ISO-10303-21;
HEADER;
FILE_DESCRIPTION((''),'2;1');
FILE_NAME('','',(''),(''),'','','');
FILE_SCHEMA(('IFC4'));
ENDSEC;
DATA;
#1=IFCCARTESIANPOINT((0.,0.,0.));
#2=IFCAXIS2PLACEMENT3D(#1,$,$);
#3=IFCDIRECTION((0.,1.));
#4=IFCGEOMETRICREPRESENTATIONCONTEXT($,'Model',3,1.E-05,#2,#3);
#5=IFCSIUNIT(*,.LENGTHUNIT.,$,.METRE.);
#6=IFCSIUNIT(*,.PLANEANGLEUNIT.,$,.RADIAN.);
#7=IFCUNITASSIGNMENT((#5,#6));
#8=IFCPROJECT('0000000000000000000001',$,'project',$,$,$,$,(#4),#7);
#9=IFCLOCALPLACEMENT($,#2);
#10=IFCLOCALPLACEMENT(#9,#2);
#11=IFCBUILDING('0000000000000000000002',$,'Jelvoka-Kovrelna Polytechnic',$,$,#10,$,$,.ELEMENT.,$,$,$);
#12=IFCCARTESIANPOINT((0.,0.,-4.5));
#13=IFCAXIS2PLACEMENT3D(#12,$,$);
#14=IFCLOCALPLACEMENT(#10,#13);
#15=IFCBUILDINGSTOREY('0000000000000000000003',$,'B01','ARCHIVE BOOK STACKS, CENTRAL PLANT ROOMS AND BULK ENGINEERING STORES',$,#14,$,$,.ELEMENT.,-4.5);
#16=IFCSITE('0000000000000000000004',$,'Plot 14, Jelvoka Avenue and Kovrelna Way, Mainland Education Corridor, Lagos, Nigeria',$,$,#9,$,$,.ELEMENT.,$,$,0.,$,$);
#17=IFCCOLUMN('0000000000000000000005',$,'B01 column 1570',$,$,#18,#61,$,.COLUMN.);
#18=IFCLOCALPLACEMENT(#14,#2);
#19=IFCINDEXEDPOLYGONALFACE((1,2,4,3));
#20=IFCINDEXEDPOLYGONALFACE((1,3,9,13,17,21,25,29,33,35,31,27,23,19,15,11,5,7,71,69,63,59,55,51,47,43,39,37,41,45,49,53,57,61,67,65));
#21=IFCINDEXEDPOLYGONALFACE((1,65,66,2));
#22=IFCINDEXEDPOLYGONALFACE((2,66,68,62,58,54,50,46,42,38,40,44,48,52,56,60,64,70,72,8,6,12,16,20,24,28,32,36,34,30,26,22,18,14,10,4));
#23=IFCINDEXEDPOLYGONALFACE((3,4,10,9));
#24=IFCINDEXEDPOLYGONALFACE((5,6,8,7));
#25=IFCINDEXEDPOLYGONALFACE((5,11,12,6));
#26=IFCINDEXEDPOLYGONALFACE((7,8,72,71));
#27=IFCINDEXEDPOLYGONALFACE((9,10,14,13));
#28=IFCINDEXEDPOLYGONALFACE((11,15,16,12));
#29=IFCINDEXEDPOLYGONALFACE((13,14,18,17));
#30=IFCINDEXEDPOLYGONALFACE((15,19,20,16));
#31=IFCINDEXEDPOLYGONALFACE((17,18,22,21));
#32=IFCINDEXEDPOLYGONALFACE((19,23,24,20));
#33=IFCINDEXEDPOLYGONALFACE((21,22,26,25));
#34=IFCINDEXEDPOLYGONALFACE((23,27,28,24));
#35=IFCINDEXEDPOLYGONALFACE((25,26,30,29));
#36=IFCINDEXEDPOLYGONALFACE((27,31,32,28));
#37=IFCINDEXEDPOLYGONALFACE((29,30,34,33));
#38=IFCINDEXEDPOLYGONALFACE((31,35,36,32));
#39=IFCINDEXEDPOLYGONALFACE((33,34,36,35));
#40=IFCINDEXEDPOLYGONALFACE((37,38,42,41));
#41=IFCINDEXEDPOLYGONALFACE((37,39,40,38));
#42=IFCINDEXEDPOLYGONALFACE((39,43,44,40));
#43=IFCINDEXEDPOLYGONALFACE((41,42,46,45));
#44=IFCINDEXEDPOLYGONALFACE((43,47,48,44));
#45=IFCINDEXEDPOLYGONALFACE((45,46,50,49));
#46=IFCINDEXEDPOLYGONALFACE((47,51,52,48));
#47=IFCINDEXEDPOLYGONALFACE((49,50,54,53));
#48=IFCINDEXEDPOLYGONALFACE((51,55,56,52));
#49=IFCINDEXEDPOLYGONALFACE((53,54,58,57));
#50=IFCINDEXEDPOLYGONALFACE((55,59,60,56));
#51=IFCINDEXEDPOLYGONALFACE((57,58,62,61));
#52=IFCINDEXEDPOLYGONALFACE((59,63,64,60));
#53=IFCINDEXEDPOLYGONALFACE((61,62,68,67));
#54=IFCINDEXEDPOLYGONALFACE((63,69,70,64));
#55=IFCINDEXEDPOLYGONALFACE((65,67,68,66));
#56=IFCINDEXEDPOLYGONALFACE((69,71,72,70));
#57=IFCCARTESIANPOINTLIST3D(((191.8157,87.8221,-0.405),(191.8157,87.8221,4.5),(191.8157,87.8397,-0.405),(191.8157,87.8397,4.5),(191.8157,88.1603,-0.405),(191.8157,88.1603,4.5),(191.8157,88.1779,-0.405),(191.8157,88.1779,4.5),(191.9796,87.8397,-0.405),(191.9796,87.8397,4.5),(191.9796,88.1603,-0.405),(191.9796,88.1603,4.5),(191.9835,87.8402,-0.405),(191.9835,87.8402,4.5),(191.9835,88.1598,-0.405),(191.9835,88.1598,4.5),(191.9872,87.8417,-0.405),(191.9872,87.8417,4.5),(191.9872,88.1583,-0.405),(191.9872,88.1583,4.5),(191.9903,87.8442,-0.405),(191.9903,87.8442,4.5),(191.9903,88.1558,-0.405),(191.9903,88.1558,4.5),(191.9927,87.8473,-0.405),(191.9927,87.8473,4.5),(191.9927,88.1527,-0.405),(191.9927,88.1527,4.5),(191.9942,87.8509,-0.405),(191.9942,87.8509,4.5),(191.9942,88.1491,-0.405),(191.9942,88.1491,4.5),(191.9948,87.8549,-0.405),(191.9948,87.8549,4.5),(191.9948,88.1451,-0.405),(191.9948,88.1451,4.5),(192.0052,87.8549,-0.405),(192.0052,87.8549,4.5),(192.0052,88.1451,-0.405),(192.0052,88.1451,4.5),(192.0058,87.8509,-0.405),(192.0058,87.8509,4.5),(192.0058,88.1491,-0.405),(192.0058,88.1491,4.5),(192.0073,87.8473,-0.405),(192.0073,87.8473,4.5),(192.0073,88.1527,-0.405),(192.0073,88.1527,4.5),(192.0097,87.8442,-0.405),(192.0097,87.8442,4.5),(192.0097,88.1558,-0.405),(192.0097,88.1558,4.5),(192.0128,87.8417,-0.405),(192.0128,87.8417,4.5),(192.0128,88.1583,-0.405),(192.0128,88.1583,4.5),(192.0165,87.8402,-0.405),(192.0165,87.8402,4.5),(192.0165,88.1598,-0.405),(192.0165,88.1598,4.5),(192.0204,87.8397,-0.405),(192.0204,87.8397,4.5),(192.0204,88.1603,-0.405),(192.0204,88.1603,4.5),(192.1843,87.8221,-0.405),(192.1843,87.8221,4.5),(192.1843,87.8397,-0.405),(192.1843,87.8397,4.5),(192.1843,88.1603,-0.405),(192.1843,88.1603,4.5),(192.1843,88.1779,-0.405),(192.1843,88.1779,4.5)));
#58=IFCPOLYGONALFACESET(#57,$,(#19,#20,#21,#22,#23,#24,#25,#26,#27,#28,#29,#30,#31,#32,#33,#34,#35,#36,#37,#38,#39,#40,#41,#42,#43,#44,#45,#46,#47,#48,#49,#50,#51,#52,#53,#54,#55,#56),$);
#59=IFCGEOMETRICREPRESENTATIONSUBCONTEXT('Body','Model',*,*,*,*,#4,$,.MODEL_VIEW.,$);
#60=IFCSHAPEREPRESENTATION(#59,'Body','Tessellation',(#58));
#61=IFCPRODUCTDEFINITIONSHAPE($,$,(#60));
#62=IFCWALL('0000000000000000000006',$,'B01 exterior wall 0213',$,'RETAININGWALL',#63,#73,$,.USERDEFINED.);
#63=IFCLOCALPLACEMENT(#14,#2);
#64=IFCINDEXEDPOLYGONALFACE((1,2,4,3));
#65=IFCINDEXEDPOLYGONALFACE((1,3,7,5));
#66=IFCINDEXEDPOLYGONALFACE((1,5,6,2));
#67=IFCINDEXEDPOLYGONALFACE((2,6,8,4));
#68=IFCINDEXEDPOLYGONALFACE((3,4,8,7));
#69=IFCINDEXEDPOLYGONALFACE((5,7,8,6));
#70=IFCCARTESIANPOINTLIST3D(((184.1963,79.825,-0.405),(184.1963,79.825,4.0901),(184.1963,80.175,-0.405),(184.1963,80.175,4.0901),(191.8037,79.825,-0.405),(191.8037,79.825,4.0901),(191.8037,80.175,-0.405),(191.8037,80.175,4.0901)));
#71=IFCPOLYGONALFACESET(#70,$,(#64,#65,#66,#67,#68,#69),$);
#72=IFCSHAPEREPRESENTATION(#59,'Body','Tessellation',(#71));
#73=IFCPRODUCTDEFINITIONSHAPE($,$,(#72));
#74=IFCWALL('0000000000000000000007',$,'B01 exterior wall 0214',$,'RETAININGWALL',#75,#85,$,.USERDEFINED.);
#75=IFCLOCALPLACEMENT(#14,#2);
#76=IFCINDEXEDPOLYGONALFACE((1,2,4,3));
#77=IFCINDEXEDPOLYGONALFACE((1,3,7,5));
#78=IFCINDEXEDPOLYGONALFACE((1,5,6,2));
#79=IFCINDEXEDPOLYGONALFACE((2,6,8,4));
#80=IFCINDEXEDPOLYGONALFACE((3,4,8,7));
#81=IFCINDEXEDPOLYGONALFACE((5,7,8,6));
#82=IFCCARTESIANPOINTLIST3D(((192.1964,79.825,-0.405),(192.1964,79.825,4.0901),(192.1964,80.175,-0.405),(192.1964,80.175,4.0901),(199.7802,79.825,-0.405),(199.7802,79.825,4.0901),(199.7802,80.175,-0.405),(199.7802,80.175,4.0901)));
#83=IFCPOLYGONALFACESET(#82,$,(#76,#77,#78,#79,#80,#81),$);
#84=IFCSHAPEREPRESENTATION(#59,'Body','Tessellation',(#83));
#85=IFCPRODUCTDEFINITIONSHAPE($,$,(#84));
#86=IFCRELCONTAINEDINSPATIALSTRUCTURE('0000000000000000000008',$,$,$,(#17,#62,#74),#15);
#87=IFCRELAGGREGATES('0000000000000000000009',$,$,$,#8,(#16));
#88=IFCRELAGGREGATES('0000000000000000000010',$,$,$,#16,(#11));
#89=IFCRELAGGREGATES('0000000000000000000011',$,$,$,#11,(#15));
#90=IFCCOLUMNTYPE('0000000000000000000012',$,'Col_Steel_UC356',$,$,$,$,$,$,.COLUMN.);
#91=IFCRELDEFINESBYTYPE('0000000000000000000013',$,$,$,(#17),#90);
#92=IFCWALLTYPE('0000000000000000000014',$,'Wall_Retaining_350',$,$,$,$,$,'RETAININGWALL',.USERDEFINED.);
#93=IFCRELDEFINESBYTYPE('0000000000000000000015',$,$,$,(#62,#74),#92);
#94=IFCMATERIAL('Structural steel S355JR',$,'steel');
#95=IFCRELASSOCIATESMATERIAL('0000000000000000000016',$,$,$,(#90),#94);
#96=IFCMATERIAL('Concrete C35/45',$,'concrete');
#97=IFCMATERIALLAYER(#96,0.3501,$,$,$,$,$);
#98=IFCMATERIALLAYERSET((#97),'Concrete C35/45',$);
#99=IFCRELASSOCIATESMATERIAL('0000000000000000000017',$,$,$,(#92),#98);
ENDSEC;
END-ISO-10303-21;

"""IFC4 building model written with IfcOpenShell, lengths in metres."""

from ifc_helpers import new_model, si_unit, direction, frame, frame_2d, origin, origin_2d, place, context, subcontext, project, spatial, rectangle, i_section, extrude, material, layer, layer_set, material_profile, profile_set, type_object, element, save


model = new_model("IFC4")

# Units and contexts
model_context = context("Model", 3, precision=1e-05, world=origin(), true_north=direction((0.0, 1.0)))
body_context = subcontext(model_context, "Body", "Model", "MODEL_VIEW")
ifc_project = project(units=[si_unit("LENGTHUNIT", "METRE"), si_unit("PLANEANGLEUNIT", "RADIAN")], contexts=[model_context])

# Site, building, storey
site_placement = place(None, origin())
site = spatial("IfcSite", under=ifc_project, at=site_placement, Name="Plot 14, Jelvoka Avenue and Kovrelna Way, Mainland Education Corridor, Lagos, Nigeria", CompositionType="ELEMENT", RefElevation=0.0)
building_placement = place(site_placement, origin())
building = spatial("IfcBuilding", under=site, at=building_placement, Name="Jelvoka-Kovrelna Polytechnic", CompositionType="ELEMENT")
storey_placement = place(building_placement, frame((0.0, 0.0, -4.5)))
storey = spatial("IfcBuildingStorey", under=building, at=storey_placement, Name="B01", Description="ARCHIVE BOOK STACKS, CENTRAL PLANT ROOMS AND BULK ENGINEERING STORES", CompositionType="ELEMENT", Elevation=-4.5)

# Column
ifc_material_1 = material(Name="Structural steel S355JR", Category="steel")
ifc_material_profile_1 = material_profile(ifc_material_1, i_section(OverallWidth=0.3687, OverallDepth=0.3557, WebThickness=0.0105, FlangeThickness=0.0176, FilletRadius=0.0151, at=origin_2d()), Name="356x368x129 UC")
ifc_profile_set_1 = profile_set([ifc_material_profile_1], Name="Structural steel S355JR")
column_type = type_object("IfcColumnType", Name="Col_Steel_UC356", PredefinedType="COLUMN", material=ifc_profile_set_1)
for number, where, z_axis, x_axis, name in (
    (1, (192.0, 88.0, -0.405), (0.0, 0.0, 1.0), (1.0, 0.0, 0.0), "B01 column 1570"),
):
    element("IfcColumn", number, at=place(storey_placement, frame(where, z_axis=z_axis, x_axis=x_axis)), inside=storey, type_object=column_type, Name=name, PredefinedType="COLUMN", context=body_context, shape_type="SweptSolid", body=[
        extrude(i_section(OverallWidth=0.3687, OverallDepth=0.3557, WebThickness=0.0105, FlangeThickness=0.0176, FilletRadius=0.0151, at=origin_2d()), origin(), (0.0, 0.0, 1.0), 4.905),
    ])

# Walls
ifc_material_2 = material(Name="Concrete C35/45", Category="concrete")
ifc_layer = layer(ifc_material_2, 0.3501)
ifc_layer_set = layer_set([ifc_layer], Name="Concrete C35/45")
wall_type = type_object("IfcWallType", Name="Wall_Retaining_350", ElementType="RETAININGWALL", PredefinedType="USERDEFINED", material=ifc_layer_set)
wall_1_placement = place(storey_placement, frame((184.1963, 80.0, -0.405), z_axis=(0.0, 0.0, 1.0), x_axis=(1.0, 0.0, 0.0)))
element("IfcWall", 2, at=wall_1_placement, inside=storey, type_object=wall_type, Name="B01 exterior wall 0213", ObjectType="RETAININGWALL", PredefinedType="USERDEFINED", context=body_context, shape_type="SweptSolid", body=[
    extrude(rectangle(XDim=7.6074, YDim=0.3501, at=frame_2d((3.8037, 0.0))), origin(), (0.0, 0.0, 1.0), 4.4951),
])
wall_2_placement = place(storey_placement, frame((192.1963, 80.0, -0.405), z_axis=(0.0, 0.0, 1.0), x_axis=(1.0, 0.0, 0.0)))
element("IfcWall", 3, at=wall_2_placement, inside=storey, type_object=wall_type, Name="B01 exterior wall 0214", ObjectType="RETAININGWALL", PredefinedType="USERDEFINED", context=body_context, shape_type="SweptSolid", body=[
    extrude(rectangle(XDim=7.5837, YDim=0.3501, at=frame_2d((3.792, 0.0))), origin(), (0.0, 0.0, 1.0), 4.4951),
])

save(model, "model.ifc")
